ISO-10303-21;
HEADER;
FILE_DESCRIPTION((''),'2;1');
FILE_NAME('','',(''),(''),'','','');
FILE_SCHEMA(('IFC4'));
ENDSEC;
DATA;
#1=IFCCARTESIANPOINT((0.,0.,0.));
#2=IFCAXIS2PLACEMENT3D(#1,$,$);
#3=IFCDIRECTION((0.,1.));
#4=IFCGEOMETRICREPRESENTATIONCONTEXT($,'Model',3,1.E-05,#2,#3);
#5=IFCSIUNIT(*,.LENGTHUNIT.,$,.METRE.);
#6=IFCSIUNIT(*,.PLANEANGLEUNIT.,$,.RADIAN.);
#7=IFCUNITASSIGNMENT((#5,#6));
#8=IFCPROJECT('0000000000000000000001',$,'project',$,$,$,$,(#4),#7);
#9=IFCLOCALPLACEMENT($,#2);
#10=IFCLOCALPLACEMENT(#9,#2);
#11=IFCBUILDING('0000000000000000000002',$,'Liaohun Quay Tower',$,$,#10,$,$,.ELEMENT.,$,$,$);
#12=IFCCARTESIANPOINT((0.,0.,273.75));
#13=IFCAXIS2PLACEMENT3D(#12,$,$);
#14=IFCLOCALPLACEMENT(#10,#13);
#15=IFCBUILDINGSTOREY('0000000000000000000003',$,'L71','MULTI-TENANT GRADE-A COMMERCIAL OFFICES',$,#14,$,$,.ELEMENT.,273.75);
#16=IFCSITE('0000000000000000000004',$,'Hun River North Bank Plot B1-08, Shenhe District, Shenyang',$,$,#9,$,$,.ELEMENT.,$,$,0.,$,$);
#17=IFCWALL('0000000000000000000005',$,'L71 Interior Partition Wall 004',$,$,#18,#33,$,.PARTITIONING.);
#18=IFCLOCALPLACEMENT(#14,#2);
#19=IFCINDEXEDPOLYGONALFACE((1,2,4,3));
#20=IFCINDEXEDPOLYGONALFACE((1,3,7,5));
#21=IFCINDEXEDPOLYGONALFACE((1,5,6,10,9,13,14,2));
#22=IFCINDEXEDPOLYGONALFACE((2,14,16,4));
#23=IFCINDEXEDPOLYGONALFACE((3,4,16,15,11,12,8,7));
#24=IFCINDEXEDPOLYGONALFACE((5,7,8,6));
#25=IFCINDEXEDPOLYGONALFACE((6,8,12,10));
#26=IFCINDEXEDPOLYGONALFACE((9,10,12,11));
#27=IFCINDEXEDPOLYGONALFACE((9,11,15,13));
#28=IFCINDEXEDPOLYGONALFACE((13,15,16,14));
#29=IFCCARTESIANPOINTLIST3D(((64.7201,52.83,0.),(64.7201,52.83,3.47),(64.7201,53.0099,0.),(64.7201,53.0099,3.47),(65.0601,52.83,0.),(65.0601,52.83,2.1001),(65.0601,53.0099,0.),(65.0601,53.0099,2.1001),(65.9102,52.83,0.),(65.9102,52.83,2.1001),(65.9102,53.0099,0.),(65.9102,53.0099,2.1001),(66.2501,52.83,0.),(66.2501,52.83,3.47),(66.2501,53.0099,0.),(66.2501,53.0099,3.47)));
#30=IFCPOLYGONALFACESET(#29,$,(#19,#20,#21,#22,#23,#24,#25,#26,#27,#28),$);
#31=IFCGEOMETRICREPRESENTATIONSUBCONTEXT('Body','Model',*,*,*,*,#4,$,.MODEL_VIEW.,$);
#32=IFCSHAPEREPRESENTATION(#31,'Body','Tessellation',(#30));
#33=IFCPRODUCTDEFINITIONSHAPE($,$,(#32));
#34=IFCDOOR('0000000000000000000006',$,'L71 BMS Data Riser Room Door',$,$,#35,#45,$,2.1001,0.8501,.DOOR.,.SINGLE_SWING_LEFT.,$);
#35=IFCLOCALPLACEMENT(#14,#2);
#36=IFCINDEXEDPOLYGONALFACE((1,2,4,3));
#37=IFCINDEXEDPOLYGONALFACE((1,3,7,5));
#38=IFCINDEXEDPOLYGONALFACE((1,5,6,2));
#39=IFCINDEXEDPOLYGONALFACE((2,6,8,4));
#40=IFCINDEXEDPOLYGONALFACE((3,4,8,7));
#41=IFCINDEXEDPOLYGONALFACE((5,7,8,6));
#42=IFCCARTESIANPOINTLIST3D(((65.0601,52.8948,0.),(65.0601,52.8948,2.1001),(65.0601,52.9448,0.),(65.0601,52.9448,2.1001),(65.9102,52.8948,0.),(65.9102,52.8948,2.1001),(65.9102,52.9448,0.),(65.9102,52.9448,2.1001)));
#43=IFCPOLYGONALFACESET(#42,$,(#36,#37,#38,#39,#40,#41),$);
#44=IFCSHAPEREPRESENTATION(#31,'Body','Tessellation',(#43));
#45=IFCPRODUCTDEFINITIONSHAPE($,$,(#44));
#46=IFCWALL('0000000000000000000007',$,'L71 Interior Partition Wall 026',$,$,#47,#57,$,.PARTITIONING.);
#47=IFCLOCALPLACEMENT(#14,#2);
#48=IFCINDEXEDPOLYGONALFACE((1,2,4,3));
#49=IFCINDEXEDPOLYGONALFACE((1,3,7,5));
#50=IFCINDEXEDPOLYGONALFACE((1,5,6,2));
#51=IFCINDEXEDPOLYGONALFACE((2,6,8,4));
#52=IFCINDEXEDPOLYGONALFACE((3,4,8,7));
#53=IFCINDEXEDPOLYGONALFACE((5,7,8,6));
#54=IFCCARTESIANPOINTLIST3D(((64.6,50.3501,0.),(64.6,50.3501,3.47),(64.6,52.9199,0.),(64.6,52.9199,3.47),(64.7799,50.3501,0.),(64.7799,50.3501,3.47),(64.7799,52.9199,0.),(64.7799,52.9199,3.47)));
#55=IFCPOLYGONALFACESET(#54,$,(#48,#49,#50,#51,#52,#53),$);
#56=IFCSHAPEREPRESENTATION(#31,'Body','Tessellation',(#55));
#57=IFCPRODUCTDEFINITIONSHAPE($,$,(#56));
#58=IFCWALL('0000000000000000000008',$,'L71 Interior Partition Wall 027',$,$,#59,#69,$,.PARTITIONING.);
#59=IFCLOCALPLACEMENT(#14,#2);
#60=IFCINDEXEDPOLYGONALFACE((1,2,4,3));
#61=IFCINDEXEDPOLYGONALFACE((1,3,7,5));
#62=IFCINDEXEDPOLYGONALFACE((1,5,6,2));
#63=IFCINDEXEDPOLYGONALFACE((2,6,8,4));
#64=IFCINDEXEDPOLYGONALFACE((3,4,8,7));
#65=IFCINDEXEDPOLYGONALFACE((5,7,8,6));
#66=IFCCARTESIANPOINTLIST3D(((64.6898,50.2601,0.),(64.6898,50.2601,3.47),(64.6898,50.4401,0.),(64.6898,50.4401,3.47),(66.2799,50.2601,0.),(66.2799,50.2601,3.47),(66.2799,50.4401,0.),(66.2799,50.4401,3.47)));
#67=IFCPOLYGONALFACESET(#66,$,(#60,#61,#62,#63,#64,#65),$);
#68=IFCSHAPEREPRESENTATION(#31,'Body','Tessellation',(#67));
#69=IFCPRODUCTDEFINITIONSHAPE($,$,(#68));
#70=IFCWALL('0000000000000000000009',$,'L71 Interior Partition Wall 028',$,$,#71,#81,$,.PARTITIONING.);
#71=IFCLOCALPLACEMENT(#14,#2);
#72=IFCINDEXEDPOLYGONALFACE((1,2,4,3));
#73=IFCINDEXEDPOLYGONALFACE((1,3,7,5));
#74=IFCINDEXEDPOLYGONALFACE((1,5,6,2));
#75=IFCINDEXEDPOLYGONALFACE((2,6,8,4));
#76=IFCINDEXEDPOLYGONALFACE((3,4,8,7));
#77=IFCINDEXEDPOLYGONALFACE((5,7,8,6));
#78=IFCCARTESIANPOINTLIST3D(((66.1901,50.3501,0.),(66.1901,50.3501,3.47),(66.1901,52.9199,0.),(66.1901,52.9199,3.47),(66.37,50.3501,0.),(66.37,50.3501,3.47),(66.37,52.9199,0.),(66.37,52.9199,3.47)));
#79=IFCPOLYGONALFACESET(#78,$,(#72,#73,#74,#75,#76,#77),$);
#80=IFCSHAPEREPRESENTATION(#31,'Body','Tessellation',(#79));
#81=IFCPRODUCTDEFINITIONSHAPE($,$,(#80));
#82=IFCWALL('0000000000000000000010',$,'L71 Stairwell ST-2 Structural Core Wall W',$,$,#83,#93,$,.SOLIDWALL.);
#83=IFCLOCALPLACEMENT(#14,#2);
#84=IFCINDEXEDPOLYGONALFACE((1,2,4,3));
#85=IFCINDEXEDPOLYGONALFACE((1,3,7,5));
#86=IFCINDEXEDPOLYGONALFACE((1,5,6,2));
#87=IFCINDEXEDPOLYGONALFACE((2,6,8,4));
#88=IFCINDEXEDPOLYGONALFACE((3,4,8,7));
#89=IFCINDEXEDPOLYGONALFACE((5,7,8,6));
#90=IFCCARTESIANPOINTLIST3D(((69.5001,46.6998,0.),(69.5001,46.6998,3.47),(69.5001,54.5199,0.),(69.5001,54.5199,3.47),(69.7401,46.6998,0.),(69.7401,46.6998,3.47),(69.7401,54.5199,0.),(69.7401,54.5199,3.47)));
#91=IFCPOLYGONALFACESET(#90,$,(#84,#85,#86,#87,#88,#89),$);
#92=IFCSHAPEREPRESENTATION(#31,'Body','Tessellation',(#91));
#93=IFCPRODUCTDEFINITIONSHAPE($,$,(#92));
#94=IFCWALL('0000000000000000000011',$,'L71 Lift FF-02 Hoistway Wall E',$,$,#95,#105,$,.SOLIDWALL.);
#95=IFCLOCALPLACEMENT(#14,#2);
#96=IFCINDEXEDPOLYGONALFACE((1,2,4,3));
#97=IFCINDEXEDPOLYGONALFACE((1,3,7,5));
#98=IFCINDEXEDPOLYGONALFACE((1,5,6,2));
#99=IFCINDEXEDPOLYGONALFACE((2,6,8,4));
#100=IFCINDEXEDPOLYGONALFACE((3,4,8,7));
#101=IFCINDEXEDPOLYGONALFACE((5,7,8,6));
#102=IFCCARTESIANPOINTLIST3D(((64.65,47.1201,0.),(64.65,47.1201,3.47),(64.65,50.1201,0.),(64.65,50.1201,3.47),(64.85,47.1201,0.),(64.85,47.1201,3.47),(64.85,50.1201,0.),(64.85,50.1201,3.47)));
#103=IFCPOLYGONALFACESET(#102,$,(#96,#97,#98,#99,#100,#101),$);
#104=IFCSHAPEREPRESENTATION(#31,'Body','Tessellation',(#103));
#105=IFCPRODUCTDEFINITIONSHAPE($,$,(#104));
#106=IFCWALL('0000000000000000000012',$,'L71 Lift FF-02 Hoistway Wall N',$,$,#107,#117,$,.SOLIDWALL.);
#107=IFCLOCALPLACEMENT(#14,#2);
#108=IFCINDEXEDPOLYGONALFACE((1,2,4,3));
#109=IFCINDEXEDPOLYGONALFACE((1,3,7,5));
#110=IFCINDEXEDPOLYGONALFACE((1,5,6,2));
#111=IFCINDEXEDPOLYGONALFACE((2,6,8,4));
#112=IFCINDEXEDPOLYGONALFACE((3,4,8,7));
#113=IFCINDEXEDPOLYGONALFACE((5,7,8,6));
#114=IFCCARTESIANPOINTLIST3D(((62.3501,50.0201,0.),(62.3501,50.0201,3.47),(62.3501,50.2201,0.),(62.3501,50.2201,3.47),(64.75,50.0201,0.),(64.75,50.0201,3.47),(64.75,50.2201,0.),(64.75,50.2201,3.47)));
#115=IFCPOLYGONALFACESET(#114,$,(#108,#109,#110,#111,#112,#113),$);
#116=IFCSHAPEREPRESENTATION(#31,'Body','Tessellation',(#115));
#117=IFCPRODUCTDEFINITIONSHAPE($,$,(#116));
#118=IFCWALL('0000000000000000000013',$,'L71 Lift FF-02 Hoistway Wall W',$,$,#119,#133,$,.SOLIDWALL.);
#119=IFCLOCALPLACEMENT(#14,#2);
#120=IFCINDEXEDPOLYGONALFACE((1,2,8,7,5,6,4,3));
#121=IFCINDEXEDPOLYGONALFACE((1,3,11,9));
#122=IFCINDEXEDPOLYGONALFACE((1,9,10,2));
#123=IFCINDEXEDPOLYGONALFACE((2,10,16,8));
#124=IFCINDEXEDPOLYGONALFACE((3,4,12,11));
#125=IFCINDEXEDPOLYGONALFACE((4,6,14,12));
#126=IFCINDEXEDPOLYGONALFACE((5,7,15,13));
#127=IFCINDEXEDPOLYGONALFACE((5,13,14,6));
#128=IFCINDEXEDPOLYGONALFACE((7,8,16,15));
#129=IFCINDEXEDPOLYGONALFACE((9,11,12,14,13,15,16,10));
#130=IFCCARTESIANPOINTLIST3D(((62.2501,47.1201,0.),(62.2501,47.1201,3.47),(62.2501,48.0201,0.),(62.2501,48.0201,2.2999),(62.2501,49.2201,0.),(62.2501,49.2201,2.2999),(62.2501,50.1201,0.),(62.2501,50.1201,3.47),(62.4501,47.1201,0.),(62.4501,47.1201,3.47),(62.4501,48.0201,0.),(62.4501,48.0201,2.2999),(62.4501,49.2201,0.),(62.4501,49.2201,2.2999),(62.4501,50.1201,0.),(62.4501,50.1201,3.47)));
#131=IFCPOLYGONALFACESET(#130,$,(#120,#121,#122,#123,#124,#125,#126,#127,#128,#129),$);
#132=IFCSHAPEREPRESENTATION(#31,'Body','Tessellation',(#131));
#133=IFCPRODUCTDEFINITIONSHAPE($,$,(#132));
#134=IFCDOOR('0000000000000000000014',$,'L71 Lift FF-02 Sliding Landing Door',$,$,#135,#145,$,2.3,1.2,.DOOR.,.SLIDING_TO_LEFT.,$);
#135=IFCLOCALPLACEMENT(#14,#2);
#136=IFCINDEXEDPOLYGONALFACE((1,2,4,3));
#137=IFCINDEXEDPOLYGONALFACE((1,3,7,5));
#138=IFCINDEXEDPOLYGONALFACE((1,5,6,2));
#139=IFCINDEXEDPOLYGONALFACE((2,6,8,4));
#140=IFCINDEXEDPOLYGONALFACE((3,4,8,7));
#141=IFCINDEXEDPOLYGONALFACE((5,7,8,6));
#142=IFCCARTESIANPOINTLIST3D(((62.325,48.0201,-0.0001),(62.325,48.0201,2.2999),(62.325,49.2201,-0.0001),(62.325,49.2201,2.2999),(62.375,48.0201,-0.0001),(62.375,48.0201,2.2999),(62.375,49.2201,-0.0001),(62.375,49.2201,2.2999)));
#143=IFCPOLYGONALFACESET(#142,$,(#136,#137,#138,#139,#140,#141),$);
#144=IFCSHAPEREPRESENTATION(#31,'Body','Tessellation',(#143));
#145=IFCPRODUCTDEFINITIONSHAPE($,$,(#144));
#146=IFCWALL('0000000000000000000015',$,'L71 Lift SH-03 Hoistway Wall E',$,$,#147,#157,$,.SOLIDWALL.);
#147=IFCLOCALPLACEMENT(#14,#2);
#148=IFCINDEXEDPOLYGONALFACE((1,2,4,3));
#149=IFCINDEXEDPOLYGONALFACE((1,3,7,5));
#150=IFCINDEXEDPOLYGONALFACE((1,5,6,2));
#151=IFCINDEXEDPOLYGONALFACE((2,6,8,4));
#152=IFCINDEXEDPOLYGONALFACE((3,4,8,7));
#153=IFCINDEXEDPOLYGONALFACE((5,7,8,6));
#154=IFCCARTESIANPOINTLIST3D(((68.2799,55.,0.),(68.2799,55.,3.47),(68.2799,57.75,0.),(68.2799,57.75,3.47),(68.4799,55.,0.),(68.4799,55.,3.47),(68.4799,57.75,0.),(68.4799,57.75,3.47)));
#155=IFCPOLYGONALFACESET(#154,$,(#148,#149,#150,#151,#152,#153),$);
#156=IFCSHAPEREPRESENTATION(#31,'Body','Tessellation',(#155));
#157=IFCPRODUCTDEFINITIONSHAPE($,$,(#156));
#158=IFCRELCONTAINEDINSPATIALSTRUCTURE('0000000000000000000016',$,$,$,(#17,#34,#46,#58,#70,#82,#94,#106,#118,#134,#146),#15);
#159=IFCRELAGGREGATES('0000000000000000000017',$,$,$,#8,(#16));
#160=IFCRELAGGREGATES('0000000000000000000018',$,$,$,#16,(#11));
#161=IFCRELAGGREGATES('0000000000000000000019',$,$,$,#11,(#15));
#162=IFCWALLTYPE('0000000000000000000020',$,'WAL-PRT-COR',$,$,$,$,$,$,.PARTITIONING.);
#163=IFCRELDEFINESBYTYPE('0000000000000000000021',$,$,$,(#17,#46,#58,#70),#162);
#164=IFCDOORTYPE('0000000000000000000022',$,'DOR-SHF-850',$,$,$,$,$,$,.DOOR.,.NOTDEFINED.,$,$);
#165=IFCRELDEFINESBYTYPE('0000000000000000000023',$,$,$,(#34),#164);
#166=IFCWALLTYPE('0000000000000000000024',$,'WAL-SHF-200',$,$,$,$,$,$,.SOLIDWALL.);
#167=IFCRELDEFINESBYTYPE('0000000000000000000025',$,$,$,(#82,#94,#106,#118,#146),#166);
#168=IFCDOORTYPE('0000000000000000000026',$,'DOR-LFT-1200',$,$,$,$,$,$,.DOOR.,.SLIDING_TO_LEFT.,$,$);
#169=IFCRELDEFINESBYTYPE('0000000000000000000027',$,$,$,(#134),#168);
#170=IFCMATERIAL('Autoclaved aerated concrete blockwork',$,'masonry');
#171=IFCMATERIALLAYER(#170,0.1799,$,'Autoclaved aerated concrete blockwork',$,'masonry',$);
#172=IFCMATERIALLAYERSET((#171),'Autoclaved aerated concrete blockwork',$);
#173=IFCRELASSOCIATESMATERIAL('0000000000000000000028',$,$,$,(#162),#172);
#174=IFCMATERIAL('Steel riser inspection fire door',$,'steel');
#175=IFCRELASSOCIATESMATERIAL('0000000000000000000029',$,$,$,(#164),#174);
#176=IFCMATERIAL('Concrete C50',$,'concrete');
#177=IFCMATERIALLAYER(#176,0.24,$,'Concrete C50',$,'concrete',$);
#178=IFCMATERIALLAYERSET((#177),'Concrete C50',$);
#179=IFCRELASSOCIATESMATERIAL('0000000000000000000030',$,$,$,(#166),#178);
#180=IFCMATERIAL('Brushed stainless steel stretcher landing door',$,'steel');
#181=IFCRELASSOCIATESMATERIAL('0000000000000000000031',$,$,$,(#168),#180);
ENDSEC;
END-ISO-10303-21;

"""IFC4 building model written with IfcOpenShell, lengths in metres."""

from ifc_helpers import new_model, si_unit, direction, frame, frame_2d, origin, place, context, subcontext, project, spatial, rectangle, extrude, source, transform, mapped, material, layer, layer_set, type_object, element, fill, save


model = new_model("IFC4")

# Units and contexts
model_context = context("Model", 3, precision=1e-05, world=origin(), true_north=direction((0.0, 1.0)))
body_context = subcontext(model_context, "Body", "Model", "MODEL_VIEW")
ifc_project = project(units=[si_unit("LENGTHUNIT", "METRE"), si_unit("PLANEANGLEUNIT", "RADIAN")], contexts=[model_context])

# Site, building, storey
site_placement = place(None, origin())
site = spatial("IfcSite", under=ifc_project, at=site_placement, Name="Hun River North Bank Plot B1-08, Shenhe District, Shenyang", CompositionType="ELEMENT", RefElevation=0.0)
building_placement = place(site_placement, origin())
building = spatial("IfcBuilding", under=site, at=building_placement, Name="Liaohun Quay Tower", CompositionType="ELEMENT")
storey_placement = place(building_placement, frame((0.0, 0.0, 273.75)))
storey = spatial("IfcBuildingStorey", under=building, at=storey_placement, Name="L71", Description="MULTI-TENANT GRADE-A COMMERCIAL OFFICES", CompositionType="ELEMENT", Elevation=273.75)

# Wall, opening, door
ifc_material_1 = material(Name="Autoclaved aerated concrete blockwork", Category="masonry")
ifc_layer_1 = layer(ifc_material_1, 0.1799, Name="Autoclaved aerated concrete blockwork", Category="masonry")
ifc_layer_set_1 = layer_set([ifc_layer_1], Name="Autoclaved aerated concrete blockwork")
wall_type_1 = type_object("IfcWallType", Name="WAL-PRT-COR", PredefinedType="PARTITIONING", material=ifc_layer_set_1)
wall_1_placement = place(storey_placement, frame((64.72, 52.9199, 0.0), z_axis=(0.0, 0.0, 1.0), x_axis=(1.0, 0.0, 0.0)))
wall_1 = element("IfcWall", 1, at=wall_1_placement, inside=storey, type_object=wall_type_1, Name="L71 Interior Partition Wall 004", PredefinedType="PARTITIONING", context=body_context, shape_type="SweptSolid", body=[
    extrude(rectangle(XDim=1.53, YDim=0.1799, at=frame_2d((0.7651, 0.0))), origin(), (0.0, 0.0, 1.0), 3.47),
])
shared_shape_1 = source(origin(), body_context, "Body", "SweptSolid", [
    extrude(rectangle(XDim=0.8501, YDim=2.1001, at=frame_2d((0.425, 1.05))), frame((0.0, 0.0999, 0.0), z_axis=(0.0, -1.0, 0.0), x_axis=(1.0, 0.0, 0.0)), (0.0, 0.0, 1.0), 0.2),
])
opening_1_placement = place(wall_1_placement, frame((0.3401, 0.0, 0.0)))
opening_1 = element("IfcOpeningElement", 2, at=opening_1_placement, cuts=wall_1, PredefinedType="OPENING", context=body_context, shape_type="MappedRepresentation", body=[
    mapped(shared_shape_1, transform((0.0, 0.0, 0.0), x_axis=(1.0, 0.0, 0.0), y_axis=(0.0, 1.0, 0.0), z_axis=(0.0, 0.0, 1.0), scale=1.0)),
])
ifc_material_2 = material(Name="Steel riser inspection fire door", Category="steel")
door_type_1 = type_object("IfcDoorType", Name="DOR-SHF-850", OperationType="NOTDEFINED", PredefinedType="DOOR", material=ifc_material_2)
shared_shape_2 = source(origin(), body_context, "Body", "SweptSolid", [
    extrude(rectangle(XDim=0.8501, YDim=2.1001, at=frame_2d((0.425, 1.05))), frame((0.0, 0.0249, 0.0), z_axis=(0.0, -1.0, 0.0), x_axis=(1.0, 0.0, 0.0)), (0.0, 0.0, 1.0), 0.05),
])
door_1_placement = place(opening_1_placement, origin())
door_1 = element("IfcDoor", 3, at=door_1_placement, inside=storey, type_object=door_type_1, Name="L71 BMS Data Riser Room Door", OperationType="SINGLE_SWING_LEFT", OverallHeight=2.1001, OverallWidth=0.8501, PredefinedType="DOOR", context=body_context, shape_type="MappedRepresentation", body=[
    mapped(shared_shape_2, transform((0.0, 0.0, 0.0), x_axis=(1.0, 0.0, 0.0), y_axis=(0.0, 1.0, 0.0), z_axis=(0.0, 0.0, 1.0), scale=1.0)),
])
fill(opening_1, door_1)

# Walls
wall_2_placement = place(storey_placement, frame((64.6899, 50.3501, 0.0), z_axis=(0.0, 0.0, 1.0), x_axis=(0.0, 1.0, 0.0)))
element("IfcWall", 4, at=wall_2_placement, inside=storey, type_object=wall_type_1, Name="L71 Interior Partition Wall 026", PredefinedType="PARTITIONING", context=body_context, shape_type="SweptSolid", body=[
    extrude(rectangle(XDim=2.5698, YDim=0.1799, at=frame_2d((1.2849, 0.0))), origin(), (0.0, 0.0, 1.0), 3.47),
])
wall_3_placement = place(storey_placement, frame((64.6899, 50.3501, 0.0), z_axis=(0.0, 0.0, 1.0), x_axis=(1.0, 0.0, 0.0)))
element("IfcWall", 5, at=wall_3_placement, inside=storey, type_object=wall_type_1, Name="L71 Interior Partition Wall 027", PredefinedType="PARTITIONING", context=body_context, shape_type="SweptSolid", body=[
    extrude(rectangle(XDim=1.5901, YDim=0.1799, at=frame_2d((0.7949, 0.0))), origin(), (0.0, 0.0, 1.0), 3.47),
])
wall_4_placement = place(storey_placement, frame((66.28, 50.3501, 0.0), z_axis=(0.0, 0.0, 1.0), x_axis=(0.0, 1.0, 0.0)))
element("IfcWall", 6, at=wall_4_placement, inside=storey, type_object=wall_type_1, Name="L71 Interior Partition Wall 028", PredefinedType="PARTITIONING", context=body_context, shape_type="SweptSolid", body=[
    extrude(rectangle(XDim=2.5698, YDim=0.1799, at=frame_2d((1.2849, 0.0))), origin(), (0.0, 0.0, 1.0), 3.47),
])
ifc_material_3 = material(Name="Concrete C50", Category="concrete")
ifc_layer_2 = layer(ifc_material_3, 0.24, Name="Concrete C50", Category="concrete")
ifc_layer_set_2 = layer_set([ifc_layer_2], Name="Concrete C50")
wall_type_2 = type_object("IfcWallType", Name="WAL-SHF-200", PredefinedType="SOLIDWALL", material=ifc_layer_set_2)
wall_5_placement = place(storey_placement, frame((69.6201, 54.52, 0.0), z_axis=(0.0, 0.0, 1.0), x_axis=(0.0, -1.0, 0.0)))
element("IfcWall", 7, at=wall_5_placement, inside=storey, type_object=wall_type_2, Name="L71 Stairwell ST-2 Structural Core Wall W", PredefinedType="SOLIDWALL", context=body_context, shape_type="SweptSolid", body=[
    extrude(rectangle(XDim=7.8201, YDim=0.24, at=frame_2d((3.9102, 0.0))), origin(), (0.0, 0.0, 1.0), 3.47),
])
wall_6_placement = place(storey_placement, frame((64.75, 47.1201, 0.0), z_axis=(0.0, 0.0, 1.0), x_axis=(0.0, 1.0, 0.0)))
element("IfcWall", 8, at=wall_6_placement, inside=storey, type_object=wall_type_2, Name="L71 Lift FF-02 Hoistway Wall E", PredefinedType="SOLIDWALL", context=body_context, shape_type="SweptSolid", body=[
    extrude(rectangle(XDim=3.0, YDim=0.2, at=frame_2d((1.5, 0.0))), origin(), (0.0, 0.0, 1.0), 3.47),
])
wall_7_placement = place(storey_placement, frame((64.75, 50.1201, 0.0), z_axis=(0.0, 0.0, 1.0), x_axis=(-1.0, 0.0, 0.0)))
element("IfcWall", 9, at=wall_7_placement, inside=storey, type_object=wall_type_2, Name="L71 Lift FF-02 Hoistway Wall N", PredefinedType="SOLIDWALL", context=body_context, shape_type="SweptSolid", body=[
    extrude(rectangle(XDim=2.3999, YDim=0.2, at=frame_2d((1.2, 0.0))), origin(), (0.0, 0.0, 1.0), 3.47),
])

# Wall, opening, door
wall_8_placement = place(storey_placement, frame((62.3501, 50.1201, 0.0), z_axis=(0.0, 0.0, 1.0), x_axis=(0.0, -1.0, 0.0)))
wall_8 = element("IfcWall", 10, at=wall_8_placement, inside=storey, type_object=wall_type_2, Name="L71 Lift FF-02 Hoistway Wall W", PredefinedType="SOLIDWALL", context=body_context, shape_type="SweptSolid", body=[
    extrude(rectangle(XDim=3.0, YDim=0.2, at=frame_2d((1.5, 0.0))), origin(), (0.0, 0.0, 1.0), 3.47),
])
shared_shape_3 = source(origin(), body_context, "Body", "SweptSolid", [
    extrude(rectangle(XDim=1.2, YDim=2.3, at=frame_2d((0.6001, 1.1499))), frame((0.0, 0.1099, 0.0), z_axis=(0.0, -1.0, 0.0), x_axis=(1.0, 0.0, 0.0)), (0.0, 0.0, 1.0), 0.22),
])
opening_2_placement = place(wall_8_placement, frame((0.8999, 0.0, 0.0)))
opening_2 = element("IfcOpeningElement", 11, at=opening_2_placement, cuts=wall_8, PredefinedType="OPENING", context=body_context, shape_type="MappedRepresentation", body=[
    mapped(shared_shape_3, transform((0.0, 0.0, 0.0), x_axis=(1.0, 0.0, 0.0), y_axis=(0.0, 1.0, 0.0), z_axis=(0.0, 0.0, 1.0), scale=1.0)),
])
ifc_material_4 = material(Name="Brushed stainless steel stretcher landing door", Category="steel")
door_type_2 = type_object("IfcDoorType", Name="DOR-LFT-1200", OperationType="SLIDING_TO_LEFT", PredefinedType="DOOR", material=ifc_material_4)
shared_shape_4 = source(origin(), body_context, "Body", "SweptSolid", [
    extrude(rectangle(XDim=1.2, YDim=2.3, at=frame_2d((0.6001, 1.1499))), frame((0.0, 0.0249, 0.0), z_axis=(0.0, -1.0, 0.0), x_axis=(1.0, 0.0, 0.0)), (0.0, 0.0, 1.0), 0.05),
])
door_2_placement = place(opening_2_placement, origin())
door_2 = element("IfcDoor", 12, at=door_2_placement, inside=storey, type_object=door_type_2, Name="L71 Lift FF-02 Sliding Landing Door", OperationType="SLIDING_TO_LEFT", OverallHeight=2.3, OverallWidth=1.2, PredefinedType="DOOR", context=body_context, shape_type="MappedRepresentation", body=[
    mapped(shared_shape_4, transform((0.0, 0.0, 0.0), x_axis=(1.0, 0.0, 0.0), y_axis=(0.0, 1.0, 0.0), z_axis=(0.0, 0.0, 1.0), scale=1.0)),
])
fill(opening_2, door_2)

# Wall
wall_9_placement = place(storey_placement, frame((68.3799, 55.0, 0.0), z_axis=(0.0, 0.0, 1.0), x_axis=(0.0, 1.0, 0.0)))
element("IfcWall", 13, at=wall_9_placement, inside=storey, type_object=wall_type_2, Name="L71 Lift SH-03 Hoistway Wall E", PredefinedType="SOLIDWALL", context=body_context, shape_type="SweptSolid", body=[
    extrude(rectangle(XDim=2.75, YDim=0.2, at=frame_2d((1.375, 0.0))), origin(), (0.0, 0.0, 1.0), 3.47),
])

save(model, "model.ifc")
